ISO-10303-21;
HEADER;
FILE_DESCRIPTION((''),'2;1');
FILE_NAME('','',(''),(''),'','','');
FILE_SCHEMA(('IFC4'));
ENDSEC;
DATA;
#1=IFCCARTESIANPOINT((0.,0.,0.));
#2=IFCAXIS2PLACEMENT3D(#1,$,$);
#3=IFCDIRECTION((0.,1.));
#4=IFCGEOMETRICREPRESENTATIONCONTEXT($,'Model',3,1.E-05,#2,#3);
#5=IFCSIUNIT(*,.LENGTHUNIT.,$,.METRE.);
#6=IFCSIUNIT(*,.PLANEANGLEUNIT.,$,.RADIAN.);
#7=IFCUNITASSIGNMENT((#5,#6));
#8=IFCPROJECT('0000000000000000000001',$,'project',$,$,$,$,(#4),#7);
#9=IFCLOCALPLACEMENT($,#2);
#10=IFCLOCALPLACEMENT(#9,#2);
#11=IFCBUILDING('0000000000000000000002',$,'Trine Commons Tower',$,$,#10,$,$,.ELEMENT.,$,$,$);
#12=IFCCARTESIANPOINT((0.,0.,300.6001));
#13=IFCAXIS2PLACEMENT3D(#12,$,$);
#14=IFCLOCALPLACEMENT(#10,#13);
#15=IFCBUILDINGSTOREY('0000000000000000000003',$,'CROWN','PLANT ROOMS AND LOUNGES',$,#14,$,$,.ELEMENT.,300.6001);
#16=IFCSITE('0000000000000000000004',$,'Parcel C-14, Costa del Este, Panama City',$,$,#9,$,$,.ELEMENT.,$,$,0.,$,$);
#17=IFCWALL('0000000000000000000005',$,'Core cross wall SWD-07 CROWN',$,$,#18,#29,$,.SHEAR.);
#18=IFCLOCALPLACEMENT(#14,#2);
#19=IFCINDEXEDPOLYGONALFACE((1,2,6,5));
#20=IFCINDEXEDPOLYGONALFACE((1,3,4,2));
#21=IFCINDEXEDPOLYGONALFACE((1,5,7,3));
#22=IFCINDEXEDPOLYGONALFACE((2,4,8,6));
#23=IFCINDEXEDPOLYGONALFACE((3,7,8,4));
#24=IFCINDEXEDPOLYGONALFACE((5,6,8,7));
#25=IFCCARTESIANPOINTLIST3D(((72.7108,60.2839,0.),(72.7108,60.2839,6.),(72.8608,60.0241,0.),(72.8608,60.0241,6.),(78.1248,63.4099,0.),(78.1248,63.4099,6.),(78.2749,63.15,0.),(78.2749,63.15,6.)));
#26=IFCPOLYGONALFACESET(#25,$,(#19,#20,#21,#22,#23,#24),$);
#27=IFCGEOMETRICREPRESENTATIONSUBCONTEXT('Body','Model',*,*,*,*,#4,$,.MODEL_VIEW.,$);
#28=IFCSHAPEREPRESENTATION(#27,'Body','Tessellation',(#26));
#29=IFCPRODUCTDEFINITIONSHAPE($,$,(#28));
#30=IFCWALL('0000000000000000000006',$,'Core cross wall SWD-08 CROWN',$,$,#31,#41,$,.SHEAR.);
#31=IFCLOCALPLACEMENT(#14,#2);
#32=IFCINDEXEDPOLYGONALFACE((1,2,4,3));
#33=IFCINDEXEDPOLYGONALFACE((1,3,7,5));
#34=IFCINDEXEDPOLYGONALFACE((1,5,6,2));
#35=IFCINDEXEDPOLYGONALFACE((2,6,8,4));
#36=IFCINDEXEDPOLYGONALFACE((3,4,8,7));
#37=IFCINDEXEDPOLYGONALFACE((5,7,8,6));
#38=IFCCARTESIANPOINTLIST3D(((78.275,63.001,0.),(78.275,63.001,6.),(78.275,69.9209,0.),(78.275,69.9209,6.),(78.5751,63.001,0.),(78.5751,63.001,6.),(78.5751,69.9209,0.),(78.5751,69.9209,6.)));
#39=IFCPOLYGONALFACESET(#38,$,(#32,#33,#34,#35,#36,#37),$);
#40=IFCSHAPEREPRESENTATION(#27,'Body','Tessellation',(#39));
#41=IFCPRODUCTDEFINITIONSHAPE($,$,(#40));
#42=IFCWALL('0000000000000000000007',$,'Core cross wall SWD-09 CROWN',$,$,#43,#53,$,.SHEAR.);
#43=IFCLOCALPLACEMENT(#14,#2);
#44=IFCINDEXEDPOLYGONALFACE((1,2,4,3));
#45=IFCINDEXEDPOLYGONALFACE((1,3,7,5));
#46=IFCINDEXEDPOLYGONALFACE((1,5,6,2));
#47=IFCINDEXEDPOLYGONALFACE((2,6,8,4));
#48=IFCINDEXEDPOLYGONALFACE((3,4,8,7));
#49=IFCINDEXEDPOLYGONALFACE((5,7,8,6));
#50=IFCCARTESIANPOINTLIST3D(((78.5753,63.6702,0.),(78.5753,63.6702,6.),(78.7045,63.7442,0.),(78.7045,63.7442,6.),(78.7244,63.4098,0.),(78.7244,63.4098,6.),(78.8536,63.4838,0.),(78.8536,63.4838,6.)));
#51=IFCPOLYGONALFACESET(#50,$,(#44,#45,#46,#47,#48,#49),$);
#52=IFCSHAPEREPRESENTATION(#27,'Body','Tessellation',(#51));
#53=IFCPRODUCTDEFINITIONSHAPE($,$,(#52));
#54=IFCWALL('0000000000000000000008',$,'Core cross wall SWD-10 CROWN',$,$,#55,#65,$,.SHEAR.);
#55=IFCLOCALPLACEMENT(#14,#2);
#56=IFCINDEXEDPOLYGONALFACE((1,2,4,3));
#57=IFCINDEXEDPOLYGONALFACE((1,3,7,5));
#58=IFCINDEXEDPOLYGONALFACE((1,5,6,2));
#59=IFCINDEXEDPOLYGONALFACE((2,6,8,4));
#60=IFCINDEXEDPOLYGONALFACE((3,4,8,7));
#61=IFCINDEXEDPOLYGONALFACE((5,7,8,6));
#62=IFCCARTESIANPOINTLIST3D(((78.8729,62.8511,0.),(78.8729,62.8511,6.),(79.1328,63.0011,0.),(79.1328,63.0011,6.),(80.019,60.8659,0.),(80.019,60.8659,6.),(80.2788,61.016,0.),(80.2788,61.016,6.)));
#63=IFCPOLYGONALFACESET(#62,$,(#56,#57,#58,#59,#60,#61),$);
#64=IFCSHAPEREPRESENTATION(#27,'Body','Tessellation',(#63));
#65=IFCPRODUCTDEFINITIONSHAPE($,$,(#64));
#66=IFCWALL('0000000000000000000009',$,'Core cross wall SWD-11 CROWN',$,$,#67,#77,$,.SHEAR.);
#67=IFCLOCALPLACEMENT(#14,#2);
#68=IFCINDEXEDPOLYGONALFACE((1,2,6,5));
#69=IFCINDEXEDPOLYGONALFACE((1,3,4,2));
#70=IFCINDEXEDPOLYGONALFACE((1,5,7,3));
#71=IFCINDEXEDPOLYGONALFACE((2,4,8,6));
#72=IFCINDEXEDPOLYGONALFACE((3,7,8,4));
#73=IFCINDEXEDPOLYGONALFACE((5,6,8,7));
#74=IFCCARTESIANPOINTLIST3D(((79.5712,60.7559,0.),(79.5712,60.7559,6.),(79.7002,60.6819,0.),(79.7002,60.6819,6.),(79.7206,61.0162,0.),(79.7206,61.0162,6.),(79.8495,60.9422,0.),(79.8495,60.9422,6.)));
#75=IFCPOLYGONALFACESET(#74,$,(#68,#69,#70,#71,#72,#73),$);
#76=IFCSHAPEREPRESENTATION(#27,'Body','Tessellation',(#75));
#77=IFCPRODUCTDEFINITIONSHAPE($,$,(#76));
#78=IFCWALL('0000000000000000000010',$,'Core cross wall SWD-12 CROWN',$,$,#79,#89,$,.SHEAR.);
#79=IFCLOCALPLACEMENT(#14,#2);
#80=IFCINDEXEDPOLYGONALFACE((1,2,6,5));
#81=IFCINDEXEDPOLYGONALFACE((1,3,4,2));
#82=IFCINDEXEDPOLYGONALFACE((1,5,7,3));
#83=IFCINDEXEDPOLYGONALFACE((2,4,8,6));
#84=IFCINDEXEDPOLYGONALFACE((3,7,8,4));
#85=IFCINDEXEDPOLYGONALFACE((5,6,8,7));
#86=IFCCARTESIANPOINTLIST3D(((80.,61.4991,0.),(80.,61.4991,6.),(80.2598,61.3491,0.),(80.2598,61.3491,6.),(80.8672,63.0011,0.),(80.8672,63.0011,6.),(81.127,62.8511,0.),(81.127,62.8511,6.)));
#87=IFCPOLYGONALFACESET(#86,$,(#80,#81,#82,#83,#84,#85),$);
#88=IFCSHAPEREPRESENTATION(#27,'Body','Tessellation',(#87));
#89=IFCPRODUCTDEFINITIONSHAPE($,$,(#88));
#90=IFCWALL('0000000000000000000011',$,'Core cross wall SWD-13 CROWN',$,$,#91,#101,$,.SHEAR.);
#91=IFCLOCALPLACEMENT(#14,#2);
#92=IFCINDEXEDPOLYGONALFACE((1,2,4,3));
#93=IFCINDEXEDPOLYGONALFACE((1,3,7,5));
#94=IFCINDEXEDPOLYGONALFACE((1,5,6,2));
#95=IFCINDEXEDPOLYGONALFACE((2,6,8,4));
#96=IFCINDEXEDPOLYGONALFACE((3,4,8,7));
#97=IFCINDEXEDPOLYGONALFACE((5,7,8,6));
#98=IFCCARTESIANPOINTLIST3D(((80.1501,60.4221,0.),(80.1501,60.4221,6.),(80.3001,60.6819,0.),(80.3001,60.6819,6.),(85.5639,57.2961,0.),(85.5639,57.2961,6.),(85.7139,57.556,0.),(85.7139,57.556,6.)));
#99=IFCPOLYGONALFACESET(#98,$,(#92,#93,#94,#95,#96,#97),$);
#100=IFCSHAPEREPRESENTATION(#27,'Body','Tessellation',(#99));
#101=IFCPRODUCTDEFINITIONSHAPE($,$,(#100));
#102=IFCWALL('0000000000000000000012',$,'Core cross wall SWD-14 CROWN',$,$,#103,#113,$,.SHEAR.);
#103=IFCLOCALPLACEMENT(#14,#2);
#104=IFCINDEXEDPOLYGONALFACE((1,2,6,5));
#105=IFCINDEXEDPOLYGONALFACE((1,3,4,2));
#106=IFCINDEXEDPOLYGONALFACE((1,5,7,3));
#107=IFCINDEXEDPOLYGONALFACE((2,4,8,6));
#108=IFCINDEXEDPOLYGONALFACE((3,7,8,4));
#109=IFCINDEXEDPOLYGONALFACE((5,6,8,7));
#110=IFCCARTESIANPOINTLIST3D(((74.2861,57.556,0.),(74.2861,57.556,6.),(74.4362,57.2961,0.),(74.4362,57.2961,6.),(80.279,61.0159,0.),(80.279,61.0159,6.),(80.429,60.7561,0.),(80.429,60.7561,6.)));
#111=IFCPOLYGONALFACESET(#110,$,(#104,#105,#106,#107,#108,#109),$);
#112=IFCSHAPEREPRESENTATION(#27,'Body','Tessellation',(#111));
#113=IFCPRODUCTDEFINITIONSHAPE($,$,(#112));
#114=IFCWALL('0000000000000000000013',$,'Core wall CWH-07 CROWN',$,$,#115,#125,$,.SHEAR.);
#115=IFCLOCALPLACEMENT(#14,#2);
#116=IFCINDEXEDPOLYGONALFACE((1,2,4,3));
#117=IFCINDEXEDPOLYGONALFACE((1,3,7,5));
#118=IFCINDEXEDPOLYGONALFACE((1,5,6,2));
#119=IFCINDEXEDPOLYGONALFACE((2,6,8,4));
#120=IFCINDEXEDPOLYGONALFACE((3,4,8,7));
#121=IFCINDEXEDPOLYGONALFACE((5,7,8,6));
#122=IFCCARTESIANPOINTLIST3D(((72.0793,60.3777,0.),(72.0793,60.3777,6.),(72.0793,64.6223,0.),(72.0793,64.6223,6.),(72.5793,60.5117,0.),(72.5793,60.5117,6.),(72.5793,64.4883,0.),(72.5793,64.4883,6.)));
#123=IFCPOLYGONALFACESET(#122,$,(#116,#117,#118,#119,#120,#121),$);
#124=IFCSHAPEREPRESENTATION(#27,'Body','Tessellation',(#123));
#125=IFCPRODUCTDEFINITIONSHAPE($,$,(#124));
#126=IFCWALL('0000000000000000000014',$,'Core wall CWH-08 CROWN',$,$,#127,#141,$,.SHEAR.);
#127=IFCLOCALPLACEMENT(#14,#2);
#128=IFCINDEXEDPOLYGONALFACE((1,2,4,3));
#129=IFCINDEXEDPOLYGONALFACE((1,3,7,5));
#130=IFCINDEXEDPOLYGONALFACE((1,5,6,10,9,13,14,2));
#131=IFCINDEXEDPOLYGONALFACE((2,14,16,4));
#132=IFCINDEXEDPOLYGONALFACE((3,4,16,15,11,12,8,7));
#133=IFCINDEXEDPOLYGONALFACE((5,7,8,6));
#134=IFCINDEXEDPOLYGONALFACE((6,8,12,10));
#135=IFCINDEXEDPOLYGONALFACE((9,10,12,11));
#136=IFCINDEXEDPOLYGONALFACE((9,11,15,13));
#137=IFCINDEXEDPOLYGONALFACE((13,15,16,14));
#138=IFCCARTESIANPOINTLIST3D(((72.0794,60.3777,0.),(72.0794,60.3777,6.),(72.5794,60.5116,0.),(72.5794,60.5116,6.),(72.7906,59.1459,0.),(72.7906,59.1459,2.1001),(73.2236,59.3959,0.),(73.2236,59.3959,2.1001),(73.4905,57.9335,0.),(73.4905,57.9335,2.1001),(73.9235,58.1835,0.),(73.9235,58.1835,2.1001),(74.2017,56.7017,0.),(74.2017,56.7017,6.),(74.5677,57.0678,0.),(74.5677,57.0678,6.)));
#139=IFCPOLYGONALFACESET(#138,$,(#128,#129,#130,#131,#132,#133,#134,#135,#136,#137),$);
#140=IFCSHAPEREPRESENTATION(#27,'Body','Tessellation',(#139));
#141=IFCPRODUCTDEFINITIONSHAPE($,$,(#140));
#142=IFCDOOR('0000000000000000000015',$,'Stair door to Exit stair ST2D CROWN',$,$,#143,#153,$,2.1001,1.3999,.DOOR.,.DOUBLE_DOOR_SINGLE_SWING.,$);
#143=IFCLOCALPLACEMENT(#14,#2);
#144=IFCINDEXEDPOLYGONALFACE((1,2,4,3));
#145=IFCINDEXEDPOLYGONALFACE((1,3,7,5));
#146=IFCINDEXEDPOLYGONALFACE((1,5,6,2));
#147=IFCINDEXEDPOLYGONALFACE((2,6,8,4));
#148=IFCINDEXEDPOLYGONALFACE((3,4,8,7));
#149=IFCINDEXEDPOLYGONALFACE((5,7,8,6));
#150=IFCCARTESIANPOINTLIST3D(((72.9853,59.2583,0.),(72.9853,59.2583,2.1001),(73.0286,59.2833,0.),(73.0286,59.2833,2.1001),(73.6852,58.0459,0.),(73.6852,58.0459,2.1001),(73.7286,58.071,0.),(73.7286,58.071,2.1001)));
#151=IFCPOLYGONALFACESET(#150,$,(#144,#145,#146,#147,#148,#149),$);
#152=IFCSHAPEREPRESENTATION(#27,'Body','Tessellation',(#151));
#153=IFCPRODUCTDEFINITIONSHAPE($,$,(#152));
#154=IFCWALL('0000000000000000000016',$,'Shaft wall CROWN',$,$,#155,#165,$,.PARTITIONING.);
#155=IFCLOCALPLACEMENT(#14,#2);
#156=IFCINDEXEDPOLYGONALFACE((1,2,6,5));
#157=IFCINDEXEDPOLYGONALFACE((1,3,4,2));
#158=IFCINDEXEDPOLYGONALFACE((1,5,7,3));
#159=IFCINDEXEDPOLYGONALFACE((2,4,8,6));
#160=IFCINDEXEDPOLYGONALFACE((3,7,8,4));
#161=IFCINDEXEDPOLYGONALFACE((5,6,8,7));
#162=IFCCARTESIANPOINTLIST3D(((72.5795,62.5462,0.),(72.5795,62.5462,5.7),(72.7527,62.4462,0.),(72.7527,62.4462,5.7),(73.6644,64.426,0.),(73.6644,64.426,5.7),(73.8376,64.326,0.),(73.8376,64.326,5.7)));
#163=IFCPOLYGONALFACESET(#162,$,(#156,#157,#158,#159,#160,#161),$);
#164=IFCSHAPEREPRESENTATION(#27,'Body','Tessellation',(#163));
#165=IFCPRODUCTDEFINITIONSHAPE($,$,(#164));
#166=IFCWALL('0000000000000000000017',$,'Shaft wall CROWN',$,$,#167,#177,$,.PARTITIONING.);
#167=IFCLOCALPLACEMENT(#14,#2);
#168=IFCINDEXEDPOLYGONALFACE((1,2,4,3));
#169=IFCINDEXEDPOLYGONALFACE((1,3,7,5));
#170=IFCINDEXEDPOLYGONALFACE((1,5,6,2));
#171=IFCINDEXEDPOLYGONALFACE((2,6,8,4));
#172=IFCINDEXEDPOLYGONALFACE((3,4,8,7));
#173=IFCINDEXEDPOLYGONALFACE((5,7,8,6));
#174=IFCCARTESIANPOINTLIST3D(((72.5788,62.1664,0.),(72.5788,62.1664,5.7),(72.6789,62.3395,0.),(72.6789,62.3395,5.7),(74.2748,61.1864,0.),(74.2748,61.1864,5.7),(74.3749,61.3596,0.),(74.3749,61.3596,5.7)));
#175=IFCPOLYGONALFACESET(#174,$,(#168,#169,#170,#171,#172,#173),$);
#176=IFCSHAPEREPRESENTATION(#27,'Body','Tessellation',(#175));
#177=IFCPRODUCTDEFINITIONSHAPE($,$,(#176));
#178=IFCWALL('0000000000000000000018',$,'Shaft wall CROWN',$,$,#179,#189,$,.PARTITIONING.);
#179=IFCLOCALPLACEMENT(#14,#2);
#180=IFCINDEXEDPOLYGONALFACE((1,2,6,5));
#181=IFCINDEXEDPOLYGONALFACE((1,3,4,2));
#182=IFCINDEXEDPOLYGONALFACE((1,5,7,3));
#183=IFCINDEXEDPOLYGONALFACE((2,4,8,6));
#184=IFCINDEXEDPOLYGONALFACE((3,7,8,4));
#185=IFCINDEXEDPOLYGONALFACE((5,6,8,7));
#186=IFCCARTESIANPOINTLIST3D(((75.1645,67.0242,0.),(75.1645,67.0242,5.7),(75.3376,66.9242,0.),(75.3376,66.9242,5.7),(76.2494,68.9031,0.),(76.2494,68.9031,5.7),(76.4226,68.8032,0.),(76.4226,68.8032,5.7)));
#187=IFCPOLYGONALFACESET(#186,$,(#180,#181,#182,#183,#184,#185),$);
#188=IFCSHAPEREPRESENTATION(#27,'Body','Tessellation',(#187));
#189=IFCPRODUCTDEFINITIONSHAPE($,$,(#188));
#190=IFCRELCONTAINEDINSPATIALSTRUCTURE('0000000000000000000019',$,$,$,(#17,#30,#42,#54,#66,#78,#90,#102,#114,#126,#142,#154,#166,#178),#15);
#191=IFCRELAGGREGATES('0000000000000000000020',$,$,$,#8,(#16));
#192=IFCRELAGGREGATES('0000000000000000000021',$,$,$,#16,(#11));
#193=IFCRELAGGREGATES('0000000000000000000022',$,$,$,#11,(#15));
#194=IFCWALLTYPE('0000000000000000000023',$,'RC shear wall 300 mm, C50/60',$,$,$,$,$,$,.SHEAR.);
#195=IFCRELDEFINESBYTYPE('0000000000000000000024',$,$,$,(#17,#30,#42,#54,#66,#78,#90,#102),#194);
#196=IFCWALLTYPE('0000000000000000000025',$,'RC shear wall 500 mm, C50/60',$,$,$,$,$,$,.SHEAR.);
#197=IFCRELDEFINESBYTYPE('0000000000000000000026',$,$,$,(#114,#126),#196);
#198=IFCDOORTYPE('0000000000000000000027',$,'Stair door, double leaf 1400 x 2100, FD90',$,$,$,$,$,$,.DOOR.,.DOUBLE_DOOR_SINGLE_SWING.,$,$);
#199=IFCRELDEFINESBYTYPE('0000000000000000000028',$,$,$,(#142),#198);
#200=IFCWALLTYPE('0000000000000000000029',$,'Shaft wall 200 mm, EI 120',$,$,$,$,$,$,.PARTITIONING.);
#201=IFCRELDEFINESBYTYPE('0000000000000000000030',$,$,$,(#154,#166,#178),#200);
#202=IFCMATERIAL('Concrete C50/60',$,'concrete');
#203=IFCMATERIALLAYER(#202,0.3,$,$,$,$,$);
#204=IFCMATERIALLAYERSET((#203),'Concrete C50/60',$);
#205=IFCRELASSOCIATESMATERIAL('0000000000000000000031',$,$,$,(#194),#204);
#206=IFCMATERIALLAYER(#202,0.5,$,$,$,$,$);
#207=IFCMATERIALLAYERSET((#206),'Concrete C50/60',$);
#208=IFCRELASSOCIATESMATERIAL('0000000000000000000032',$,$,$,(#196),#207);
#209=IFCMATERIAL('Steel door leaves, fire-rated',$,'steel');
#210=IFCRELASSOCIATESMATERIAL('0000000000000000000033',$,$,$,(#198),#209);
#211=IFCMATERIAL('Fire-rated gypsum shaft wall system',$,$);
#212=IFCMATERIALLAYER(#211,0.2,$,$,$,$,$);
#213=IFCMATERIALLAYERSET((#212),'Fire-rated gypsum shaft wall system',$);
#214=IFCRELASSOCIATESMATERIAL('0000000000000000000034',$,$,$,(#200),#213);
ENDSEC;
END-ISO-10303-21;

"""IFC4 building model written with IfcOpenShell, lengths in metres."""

from ifc_helpers import new_model, si_unit, direction, frame, frame_2d, origin, place, context, subcontext, project, spatial, polyline, rectangle, outline, extrude, material, layer, layer_set, type_object, element, fill, save


model = new_model("IFC4")

# Units and contexts
model_context = context("Model", 3, precision=1e-05, world=origin(), true_north=direction((0.0, 1.0)))
body_context = subcontext(model_context, "Body", "Model", "MODEL_VIEW")
ifc_project = project(units=[si_unit("LENGTHUNIT", "METRE"), si_unit("PLANEANGLEUNIT", "RADIAN")], contexts=[model_context])

# Site, building, storey
site_placement = place(None, origin())
site = spatial("IfcSite", under=ifc_project, at=site_placement, Name="Parcel C-14, Costa del Este, Panama City", CompositionType="ELEMENT", RefElevation=0.0)
building_placement = place(site_placement, origin())
building = spatial("IfcBuilding", under=site, at=building_placement, Name="Trine Commons Tower", CompositionType="ELEMENT")
storey_placement = place(building_placement, frame((0.0, 0.0, 300.6001)))
storey = spatial("IfcBuildingStorey", under=building, at=storey_placement, Name="CROWN", Description="PLANT ROOMS AND LOUNGES", CompositionType="ELEMENT", Elevation=300.6001)

# Shared definitions
ifc_material_1 = material(Name="Fire-rated gypsum shaft wall system")

# Walls
ifc_material_2 = material(Name="Concrete C50/60", Category="concrete")
ifc_layer_1 = layer(ifc_material_2, 0.3)
ifc_layer_set_1 = layer_set([ifc_layer_1], Name="Concrete C50/60")
wall_type_1 = type_object("IfcWallType", Name="RC shear wall 300 mm, C50/60", PredefinedType="SHEAR", material=ifc_layer_set_1)
wall_1_placement = place(storey_placement, frame((78.2, 63.28, 0.0), z_axis=(0.0, 0.0, 1.0), x_axis=(-0.866014, -0.50002, 0.0)))
element("IfcWall", 1, at=wall_1_placement, inside=storey, type_object=wall_type_1, Name="Core cross wall SWD-07 CROWN", PredefinedType="SHEAR", context=body_context, shape_type="SweptSolid", body=[
    extrude(rectangle(XDim=6.2517, YDim=0.3, at=frame_2d((3.126, 0.0))), origin(), (0.0, 0.0, 1.0), 6.0),
])
wall_2_placement = place(storey_placement, frame((78.425, 63.001, 0.0), z_axis=(0.0, 0.0, 1.0), x_axis=(0.0, 1.0, 0.0)))
element("IfcWall", 2, at=wall_2_placement, inside=storey, type_object=wall_type_1, Name="Core cross wall SWD-08 CROWN", PredefinedType="SHEAR", context=body_context, shape_type="SweptSolid", body=[
    extrude(rectangle(XDim=6.9199, YDim=0.3, at=frame_2d((3.46, 0.0))), origin(), (0.0, 0.0, 1.0), 6.0),
])
wall_3_placement = place(storey_placement, frame((78.7791, 63.614, 0.0), z_axis=(0.0, 0.0, 1.0), x_axis=(-0.867738, -0.497022, 0.0)))
element("IfcWall", 3, at=wall_3_placement, inside=storey, type_object=wall_type_1, Name="Core cross wall SWD-09 CROWN", PredefinedType="SHEAR", context=body_context, shape_type="SweptSolid", body=[
    extrude(rectangle(XDim=0.1489, YDim=0.3, at=frame_2d((0.0745, 0.0))), origin(), (0.0, 0.0, 1.0), 6.0),
])
wall_4_placement = place(storey_placement, frame((79.0029, 62.926, 0.0), z_axis=(0.0, 0.0, 1.0), x_axis=(0.499965, -0.866045, 0.0)))
element("IfcWall", 4, at=wall_4_placement, inside=storey, type_object=wall_type_1, Name="Core cross wall SWD-10 CROWN", PredefinedType="SHEAR", context=body_context, shape_type="SweptSolid", body=[
    extrude(rectangle(XDim=2.2922, YDim=0.3, at=frame_2d((1.146, 0.0))), origin(), (0.0, 0.0, 1.0), 6.0),
])
wall_5_placement = place(storey_placement, frame((79.646, 60.886, 0.0), z_axis=(0.0, 0.0, 1.0), x_axis=(0.867332, -0.49773, 0.0)))
element("IfcWall", 5, at=wall_5_placement, inside=storey, type_object=wall_type_1, Name="Core cross wall SWD-11 CROWN", PredefinedType="SHEAR", context=body_context, shape_type="SweptSolid", body=[
    extrude(rectangle(XDim=0.1487, YDim=0.3, at=frame_2d((0.0742, 0.0))), origin(), (0.0, 0.0, 1.0), 6.0),
])
wall_6_placement = place(storey_placement, frame((80.1299, 61.4241, 0.0), z_axis=(0.0, 0.0, 1.0), x_axis=(0.500015, 0.866017, 0.0)))
element("IfcWall", 6, at=wall_6_placement, inside=storey, type_object=wall_type_1, Name="Core cross wall SWD-12 CROWN", PredefinedType="SHEAR", context=body_context, shape_type="SweptSolid", body=[
    extrude(rectangle(XDim=1.7344, YDim=0.3, at=frame_2d((0.8672, 0.0))), origin(), (0.0, 0.0, 1.0), 6.0),
])
wall_7_placement = place(storey_placement, frame((80.2251, 60.552, 0.0), z_axis=(0.0, 0.0, 1.0), x_axis=(0.866004, -0.500037, 0.0)))
element("IfcWall", 7, at=wall_7_placement, inside=storey, type_object=wall_type_1, Name="Core cross wall SWD-13 CROWN", PredefinedType="SHEAR", context=body_context, shape_type="SweptSolid", body=[
    extrude(rectangle(XDim=6.2515, YDim=0.3, at=frame_2d((3.1257, 0.0))), origin(), (0.0, 0.0, 1.0), 6.0),
])
wall_8_placement = place(storey_placement, frame((80.354, 60.886, 0.0), z_axis=(0.0, 0.0, 1.0), x_axis=(-0.866029, -0.499994, 0.0)))
element("IfcWall", 8, at=wall_8_placement, inside=storey, type_object=wall_type_1, Name="Core cross wall SWD-14 CROWN", PredefinedType="SHEAR", context=body_context, shape_type="SweptSolid", body=[
    extrude(rectangle(XDim=6.9199, YDim=0.3, at=frame_2d((3.46, 0.0))), origin(), (0.0, 0.0, 1.0), 6.0),
])
ifc_layer_2 = layer(ifc_material_2, 0.5)
ifc_layer_set_2 = layer_set([ifc_layer_2], Name="Concrete C50/60")
wall_type_2 = type_object("IfcWallType", Name="RC shear wall 500 mm, C50/60", PredefinedType="SHEAR", material=ifc_layer_set_2)
wall_9_placement = place(storey_placement, frame((72.3293, 64.6223, 0.0), z_axis=(0.0, 0.0, 1.0), x_axis=(0.0, -1.0, 0.0)))
element("IfcWall", 9, at=wall_9_placement, inside=storey, type_object=wall_type_2, Name="Core wall CWH-07 CROWN", PredefinedType="SHEAR", context=body_context, shape_type="SweptSolid", body=[
    extrude(outline(polyline([(0.0, -0.25), (4.2446, -0.25), (4.1106, 0.25), (0.134, 0.25), (0.0, -0.25)])), origin(), (0.0, 0.0, 1.0), 6.0),
])

# Wall, opening, door
wall_10_placement = place(storey_placement, frame((72.2959, 60.5027, 0.0), z_axis=(0.0, 0.0, 1.0), x_axis=(0.499993, -0.866029, 0.0)))
wall_10 = element("IfcWall", 10, at=wall_10_placement, inside=storey, type_object=wall_type_2, Name="Core wall CWH-08 CROWN", PredefinedType="SHEAR", context=body_context, shape_type="SweptSolid", body=[
    extrude(outline(polyline([(0.0, -0.25), (4.2446, -0.25), (4.1106, 0.25), (0.134, 0.25), (0.0, -0.25)])), origin(), (0.0, 0.0, 1.0), 6.0),
])
opening_1_placement = place(wall_10_placement, frame((1.4224, 0.0, 0.0)))
opening_1 = element("IfcOpeningElement", 11, at=opening_1_placement, cuts=wall_10, PredefinedType="OPENING", context=body_context, shape_type="SweptSolid", body=[
    extrude(rectangle(XDim=1.3999, YDim=2.1001, at=frame_2d((0.7, 1.05))), frame((0.0, 0.26, 0.0), z_axis=(0.0, -1.0, 0.0), x_axis=(1.0, 0.0, 0.0)), (0.0, 0.0, 1.0), 0.52),
])
ifc_material_3 = material(Name="Steel door leaves, fire-rated", Category="steel")
door_type_1 = type_object("IfcDoorType", Name="Stair door, double leaf 1400 x 2100, FD90", OperationType="DOUBLE_DOOR_SINGLE_SWING", PredefinedType="DOOR", material=ifc_material_3)
door_1_placement = place(opening_1_placement, origin())
door_1 = element("IfcDoor", 12, at=door_1_placement, inside=storey, type_object=door_type_1, Name="Stair door to Exit stair ST2D CROWN", OperationType="DOUBLE_DOOR_SINGLE_SWING", OverallHeight=2.1001, OverallWidth=1.3999, PredefinedType="DOOR", context=body_context, shape_type="SweptSolid", body=[
    extrude(rectangle(XDim=1.3999, YDim=2.1001, at=frame_2d((0.7, 1.05))), frame((0.0, 0.0249, 0.0), z_axis=(0.0, -1.0, 0.0), x_axis=(1.0, 0.0, 0.0)), (0.0, 0.0, 1.0), 0.05),
])
fill(opening_1, door_1)

# Walls
ifc_layer_3 = layer(ifc_material_1, 0.2)
ifc_layer_set_3 = layer_set([ifc_layer_3], Name="Fire-rated gypsum shaft wall system")
wall_type_3 = type_object("IfcWallType", Name="Shaft wall 200 mm, EI 120", PredefinedType="PARTITIONING", material=ifc_layer_set_3)
wall_11_placement = place(storey_placement, frame((73.751, 64.376, 0.0), z_axis=(0.0, 0.0, 1.0), x_axis=(-0.499865, -0.866103, 0.0)))
element("IfcWall", 13, at=wall_11_placement, inside=storey, type_object=wall_type_3, Name="Shaft wall CROWN", PredefinedType="PARTITIONING", context=body_context, shape_type="SweptSolid", body=[
    extrude(rectangle(XDim=2.1704, YDim=0.2, at=frame_2d((1.0852, 0.0))), origin(), (0.0, 0.0, 1.0), 5.7),
])
wall_12_placement = place(storey_placement, frame((74.325, 61.2729, 0.0), z_axis=(0.0, 0.0, 1.0), x_axis=(-0.865855, 0.500294, 0.0)))
element("IfcWall", 14, at=wall_12_placement, inside=storey, type_object=wall_type_3, Name="Shaft wall CROWN", PredefinedType="PARTITIONING", context=body_context, shape_type="SweptSolid", body=[
    extrude(rectangle(XDim=1.9587, YDim=0.2, at=frame_2d((0.9795, 0.0))), origin(), (0.0, 0.0, 1.0), 5.7),
])
wall_13_placement = place(storey_placement, frame((75.251, 66.9741, 0.0), z_axis=(0.0, 0.0, 1.0), x_axis=(0.50006, 0.865991, 0.0)))
element("IfcWall", 15, at=wall_13_placement, inside=storey, type_object=wall_type_3, Name="Shaft wall CROWN", PredefinedType="PARTITIONING", context=body_context, shape_type="SweptSolid", body=[
    extrude(rectangle(XDim=2.1697, YDim=0.2, at=frame_2d((1.085, 0.0))), origin(), (0.0, 0.0, 1.0), 5.7),
])

save(model, "model.ifc")
